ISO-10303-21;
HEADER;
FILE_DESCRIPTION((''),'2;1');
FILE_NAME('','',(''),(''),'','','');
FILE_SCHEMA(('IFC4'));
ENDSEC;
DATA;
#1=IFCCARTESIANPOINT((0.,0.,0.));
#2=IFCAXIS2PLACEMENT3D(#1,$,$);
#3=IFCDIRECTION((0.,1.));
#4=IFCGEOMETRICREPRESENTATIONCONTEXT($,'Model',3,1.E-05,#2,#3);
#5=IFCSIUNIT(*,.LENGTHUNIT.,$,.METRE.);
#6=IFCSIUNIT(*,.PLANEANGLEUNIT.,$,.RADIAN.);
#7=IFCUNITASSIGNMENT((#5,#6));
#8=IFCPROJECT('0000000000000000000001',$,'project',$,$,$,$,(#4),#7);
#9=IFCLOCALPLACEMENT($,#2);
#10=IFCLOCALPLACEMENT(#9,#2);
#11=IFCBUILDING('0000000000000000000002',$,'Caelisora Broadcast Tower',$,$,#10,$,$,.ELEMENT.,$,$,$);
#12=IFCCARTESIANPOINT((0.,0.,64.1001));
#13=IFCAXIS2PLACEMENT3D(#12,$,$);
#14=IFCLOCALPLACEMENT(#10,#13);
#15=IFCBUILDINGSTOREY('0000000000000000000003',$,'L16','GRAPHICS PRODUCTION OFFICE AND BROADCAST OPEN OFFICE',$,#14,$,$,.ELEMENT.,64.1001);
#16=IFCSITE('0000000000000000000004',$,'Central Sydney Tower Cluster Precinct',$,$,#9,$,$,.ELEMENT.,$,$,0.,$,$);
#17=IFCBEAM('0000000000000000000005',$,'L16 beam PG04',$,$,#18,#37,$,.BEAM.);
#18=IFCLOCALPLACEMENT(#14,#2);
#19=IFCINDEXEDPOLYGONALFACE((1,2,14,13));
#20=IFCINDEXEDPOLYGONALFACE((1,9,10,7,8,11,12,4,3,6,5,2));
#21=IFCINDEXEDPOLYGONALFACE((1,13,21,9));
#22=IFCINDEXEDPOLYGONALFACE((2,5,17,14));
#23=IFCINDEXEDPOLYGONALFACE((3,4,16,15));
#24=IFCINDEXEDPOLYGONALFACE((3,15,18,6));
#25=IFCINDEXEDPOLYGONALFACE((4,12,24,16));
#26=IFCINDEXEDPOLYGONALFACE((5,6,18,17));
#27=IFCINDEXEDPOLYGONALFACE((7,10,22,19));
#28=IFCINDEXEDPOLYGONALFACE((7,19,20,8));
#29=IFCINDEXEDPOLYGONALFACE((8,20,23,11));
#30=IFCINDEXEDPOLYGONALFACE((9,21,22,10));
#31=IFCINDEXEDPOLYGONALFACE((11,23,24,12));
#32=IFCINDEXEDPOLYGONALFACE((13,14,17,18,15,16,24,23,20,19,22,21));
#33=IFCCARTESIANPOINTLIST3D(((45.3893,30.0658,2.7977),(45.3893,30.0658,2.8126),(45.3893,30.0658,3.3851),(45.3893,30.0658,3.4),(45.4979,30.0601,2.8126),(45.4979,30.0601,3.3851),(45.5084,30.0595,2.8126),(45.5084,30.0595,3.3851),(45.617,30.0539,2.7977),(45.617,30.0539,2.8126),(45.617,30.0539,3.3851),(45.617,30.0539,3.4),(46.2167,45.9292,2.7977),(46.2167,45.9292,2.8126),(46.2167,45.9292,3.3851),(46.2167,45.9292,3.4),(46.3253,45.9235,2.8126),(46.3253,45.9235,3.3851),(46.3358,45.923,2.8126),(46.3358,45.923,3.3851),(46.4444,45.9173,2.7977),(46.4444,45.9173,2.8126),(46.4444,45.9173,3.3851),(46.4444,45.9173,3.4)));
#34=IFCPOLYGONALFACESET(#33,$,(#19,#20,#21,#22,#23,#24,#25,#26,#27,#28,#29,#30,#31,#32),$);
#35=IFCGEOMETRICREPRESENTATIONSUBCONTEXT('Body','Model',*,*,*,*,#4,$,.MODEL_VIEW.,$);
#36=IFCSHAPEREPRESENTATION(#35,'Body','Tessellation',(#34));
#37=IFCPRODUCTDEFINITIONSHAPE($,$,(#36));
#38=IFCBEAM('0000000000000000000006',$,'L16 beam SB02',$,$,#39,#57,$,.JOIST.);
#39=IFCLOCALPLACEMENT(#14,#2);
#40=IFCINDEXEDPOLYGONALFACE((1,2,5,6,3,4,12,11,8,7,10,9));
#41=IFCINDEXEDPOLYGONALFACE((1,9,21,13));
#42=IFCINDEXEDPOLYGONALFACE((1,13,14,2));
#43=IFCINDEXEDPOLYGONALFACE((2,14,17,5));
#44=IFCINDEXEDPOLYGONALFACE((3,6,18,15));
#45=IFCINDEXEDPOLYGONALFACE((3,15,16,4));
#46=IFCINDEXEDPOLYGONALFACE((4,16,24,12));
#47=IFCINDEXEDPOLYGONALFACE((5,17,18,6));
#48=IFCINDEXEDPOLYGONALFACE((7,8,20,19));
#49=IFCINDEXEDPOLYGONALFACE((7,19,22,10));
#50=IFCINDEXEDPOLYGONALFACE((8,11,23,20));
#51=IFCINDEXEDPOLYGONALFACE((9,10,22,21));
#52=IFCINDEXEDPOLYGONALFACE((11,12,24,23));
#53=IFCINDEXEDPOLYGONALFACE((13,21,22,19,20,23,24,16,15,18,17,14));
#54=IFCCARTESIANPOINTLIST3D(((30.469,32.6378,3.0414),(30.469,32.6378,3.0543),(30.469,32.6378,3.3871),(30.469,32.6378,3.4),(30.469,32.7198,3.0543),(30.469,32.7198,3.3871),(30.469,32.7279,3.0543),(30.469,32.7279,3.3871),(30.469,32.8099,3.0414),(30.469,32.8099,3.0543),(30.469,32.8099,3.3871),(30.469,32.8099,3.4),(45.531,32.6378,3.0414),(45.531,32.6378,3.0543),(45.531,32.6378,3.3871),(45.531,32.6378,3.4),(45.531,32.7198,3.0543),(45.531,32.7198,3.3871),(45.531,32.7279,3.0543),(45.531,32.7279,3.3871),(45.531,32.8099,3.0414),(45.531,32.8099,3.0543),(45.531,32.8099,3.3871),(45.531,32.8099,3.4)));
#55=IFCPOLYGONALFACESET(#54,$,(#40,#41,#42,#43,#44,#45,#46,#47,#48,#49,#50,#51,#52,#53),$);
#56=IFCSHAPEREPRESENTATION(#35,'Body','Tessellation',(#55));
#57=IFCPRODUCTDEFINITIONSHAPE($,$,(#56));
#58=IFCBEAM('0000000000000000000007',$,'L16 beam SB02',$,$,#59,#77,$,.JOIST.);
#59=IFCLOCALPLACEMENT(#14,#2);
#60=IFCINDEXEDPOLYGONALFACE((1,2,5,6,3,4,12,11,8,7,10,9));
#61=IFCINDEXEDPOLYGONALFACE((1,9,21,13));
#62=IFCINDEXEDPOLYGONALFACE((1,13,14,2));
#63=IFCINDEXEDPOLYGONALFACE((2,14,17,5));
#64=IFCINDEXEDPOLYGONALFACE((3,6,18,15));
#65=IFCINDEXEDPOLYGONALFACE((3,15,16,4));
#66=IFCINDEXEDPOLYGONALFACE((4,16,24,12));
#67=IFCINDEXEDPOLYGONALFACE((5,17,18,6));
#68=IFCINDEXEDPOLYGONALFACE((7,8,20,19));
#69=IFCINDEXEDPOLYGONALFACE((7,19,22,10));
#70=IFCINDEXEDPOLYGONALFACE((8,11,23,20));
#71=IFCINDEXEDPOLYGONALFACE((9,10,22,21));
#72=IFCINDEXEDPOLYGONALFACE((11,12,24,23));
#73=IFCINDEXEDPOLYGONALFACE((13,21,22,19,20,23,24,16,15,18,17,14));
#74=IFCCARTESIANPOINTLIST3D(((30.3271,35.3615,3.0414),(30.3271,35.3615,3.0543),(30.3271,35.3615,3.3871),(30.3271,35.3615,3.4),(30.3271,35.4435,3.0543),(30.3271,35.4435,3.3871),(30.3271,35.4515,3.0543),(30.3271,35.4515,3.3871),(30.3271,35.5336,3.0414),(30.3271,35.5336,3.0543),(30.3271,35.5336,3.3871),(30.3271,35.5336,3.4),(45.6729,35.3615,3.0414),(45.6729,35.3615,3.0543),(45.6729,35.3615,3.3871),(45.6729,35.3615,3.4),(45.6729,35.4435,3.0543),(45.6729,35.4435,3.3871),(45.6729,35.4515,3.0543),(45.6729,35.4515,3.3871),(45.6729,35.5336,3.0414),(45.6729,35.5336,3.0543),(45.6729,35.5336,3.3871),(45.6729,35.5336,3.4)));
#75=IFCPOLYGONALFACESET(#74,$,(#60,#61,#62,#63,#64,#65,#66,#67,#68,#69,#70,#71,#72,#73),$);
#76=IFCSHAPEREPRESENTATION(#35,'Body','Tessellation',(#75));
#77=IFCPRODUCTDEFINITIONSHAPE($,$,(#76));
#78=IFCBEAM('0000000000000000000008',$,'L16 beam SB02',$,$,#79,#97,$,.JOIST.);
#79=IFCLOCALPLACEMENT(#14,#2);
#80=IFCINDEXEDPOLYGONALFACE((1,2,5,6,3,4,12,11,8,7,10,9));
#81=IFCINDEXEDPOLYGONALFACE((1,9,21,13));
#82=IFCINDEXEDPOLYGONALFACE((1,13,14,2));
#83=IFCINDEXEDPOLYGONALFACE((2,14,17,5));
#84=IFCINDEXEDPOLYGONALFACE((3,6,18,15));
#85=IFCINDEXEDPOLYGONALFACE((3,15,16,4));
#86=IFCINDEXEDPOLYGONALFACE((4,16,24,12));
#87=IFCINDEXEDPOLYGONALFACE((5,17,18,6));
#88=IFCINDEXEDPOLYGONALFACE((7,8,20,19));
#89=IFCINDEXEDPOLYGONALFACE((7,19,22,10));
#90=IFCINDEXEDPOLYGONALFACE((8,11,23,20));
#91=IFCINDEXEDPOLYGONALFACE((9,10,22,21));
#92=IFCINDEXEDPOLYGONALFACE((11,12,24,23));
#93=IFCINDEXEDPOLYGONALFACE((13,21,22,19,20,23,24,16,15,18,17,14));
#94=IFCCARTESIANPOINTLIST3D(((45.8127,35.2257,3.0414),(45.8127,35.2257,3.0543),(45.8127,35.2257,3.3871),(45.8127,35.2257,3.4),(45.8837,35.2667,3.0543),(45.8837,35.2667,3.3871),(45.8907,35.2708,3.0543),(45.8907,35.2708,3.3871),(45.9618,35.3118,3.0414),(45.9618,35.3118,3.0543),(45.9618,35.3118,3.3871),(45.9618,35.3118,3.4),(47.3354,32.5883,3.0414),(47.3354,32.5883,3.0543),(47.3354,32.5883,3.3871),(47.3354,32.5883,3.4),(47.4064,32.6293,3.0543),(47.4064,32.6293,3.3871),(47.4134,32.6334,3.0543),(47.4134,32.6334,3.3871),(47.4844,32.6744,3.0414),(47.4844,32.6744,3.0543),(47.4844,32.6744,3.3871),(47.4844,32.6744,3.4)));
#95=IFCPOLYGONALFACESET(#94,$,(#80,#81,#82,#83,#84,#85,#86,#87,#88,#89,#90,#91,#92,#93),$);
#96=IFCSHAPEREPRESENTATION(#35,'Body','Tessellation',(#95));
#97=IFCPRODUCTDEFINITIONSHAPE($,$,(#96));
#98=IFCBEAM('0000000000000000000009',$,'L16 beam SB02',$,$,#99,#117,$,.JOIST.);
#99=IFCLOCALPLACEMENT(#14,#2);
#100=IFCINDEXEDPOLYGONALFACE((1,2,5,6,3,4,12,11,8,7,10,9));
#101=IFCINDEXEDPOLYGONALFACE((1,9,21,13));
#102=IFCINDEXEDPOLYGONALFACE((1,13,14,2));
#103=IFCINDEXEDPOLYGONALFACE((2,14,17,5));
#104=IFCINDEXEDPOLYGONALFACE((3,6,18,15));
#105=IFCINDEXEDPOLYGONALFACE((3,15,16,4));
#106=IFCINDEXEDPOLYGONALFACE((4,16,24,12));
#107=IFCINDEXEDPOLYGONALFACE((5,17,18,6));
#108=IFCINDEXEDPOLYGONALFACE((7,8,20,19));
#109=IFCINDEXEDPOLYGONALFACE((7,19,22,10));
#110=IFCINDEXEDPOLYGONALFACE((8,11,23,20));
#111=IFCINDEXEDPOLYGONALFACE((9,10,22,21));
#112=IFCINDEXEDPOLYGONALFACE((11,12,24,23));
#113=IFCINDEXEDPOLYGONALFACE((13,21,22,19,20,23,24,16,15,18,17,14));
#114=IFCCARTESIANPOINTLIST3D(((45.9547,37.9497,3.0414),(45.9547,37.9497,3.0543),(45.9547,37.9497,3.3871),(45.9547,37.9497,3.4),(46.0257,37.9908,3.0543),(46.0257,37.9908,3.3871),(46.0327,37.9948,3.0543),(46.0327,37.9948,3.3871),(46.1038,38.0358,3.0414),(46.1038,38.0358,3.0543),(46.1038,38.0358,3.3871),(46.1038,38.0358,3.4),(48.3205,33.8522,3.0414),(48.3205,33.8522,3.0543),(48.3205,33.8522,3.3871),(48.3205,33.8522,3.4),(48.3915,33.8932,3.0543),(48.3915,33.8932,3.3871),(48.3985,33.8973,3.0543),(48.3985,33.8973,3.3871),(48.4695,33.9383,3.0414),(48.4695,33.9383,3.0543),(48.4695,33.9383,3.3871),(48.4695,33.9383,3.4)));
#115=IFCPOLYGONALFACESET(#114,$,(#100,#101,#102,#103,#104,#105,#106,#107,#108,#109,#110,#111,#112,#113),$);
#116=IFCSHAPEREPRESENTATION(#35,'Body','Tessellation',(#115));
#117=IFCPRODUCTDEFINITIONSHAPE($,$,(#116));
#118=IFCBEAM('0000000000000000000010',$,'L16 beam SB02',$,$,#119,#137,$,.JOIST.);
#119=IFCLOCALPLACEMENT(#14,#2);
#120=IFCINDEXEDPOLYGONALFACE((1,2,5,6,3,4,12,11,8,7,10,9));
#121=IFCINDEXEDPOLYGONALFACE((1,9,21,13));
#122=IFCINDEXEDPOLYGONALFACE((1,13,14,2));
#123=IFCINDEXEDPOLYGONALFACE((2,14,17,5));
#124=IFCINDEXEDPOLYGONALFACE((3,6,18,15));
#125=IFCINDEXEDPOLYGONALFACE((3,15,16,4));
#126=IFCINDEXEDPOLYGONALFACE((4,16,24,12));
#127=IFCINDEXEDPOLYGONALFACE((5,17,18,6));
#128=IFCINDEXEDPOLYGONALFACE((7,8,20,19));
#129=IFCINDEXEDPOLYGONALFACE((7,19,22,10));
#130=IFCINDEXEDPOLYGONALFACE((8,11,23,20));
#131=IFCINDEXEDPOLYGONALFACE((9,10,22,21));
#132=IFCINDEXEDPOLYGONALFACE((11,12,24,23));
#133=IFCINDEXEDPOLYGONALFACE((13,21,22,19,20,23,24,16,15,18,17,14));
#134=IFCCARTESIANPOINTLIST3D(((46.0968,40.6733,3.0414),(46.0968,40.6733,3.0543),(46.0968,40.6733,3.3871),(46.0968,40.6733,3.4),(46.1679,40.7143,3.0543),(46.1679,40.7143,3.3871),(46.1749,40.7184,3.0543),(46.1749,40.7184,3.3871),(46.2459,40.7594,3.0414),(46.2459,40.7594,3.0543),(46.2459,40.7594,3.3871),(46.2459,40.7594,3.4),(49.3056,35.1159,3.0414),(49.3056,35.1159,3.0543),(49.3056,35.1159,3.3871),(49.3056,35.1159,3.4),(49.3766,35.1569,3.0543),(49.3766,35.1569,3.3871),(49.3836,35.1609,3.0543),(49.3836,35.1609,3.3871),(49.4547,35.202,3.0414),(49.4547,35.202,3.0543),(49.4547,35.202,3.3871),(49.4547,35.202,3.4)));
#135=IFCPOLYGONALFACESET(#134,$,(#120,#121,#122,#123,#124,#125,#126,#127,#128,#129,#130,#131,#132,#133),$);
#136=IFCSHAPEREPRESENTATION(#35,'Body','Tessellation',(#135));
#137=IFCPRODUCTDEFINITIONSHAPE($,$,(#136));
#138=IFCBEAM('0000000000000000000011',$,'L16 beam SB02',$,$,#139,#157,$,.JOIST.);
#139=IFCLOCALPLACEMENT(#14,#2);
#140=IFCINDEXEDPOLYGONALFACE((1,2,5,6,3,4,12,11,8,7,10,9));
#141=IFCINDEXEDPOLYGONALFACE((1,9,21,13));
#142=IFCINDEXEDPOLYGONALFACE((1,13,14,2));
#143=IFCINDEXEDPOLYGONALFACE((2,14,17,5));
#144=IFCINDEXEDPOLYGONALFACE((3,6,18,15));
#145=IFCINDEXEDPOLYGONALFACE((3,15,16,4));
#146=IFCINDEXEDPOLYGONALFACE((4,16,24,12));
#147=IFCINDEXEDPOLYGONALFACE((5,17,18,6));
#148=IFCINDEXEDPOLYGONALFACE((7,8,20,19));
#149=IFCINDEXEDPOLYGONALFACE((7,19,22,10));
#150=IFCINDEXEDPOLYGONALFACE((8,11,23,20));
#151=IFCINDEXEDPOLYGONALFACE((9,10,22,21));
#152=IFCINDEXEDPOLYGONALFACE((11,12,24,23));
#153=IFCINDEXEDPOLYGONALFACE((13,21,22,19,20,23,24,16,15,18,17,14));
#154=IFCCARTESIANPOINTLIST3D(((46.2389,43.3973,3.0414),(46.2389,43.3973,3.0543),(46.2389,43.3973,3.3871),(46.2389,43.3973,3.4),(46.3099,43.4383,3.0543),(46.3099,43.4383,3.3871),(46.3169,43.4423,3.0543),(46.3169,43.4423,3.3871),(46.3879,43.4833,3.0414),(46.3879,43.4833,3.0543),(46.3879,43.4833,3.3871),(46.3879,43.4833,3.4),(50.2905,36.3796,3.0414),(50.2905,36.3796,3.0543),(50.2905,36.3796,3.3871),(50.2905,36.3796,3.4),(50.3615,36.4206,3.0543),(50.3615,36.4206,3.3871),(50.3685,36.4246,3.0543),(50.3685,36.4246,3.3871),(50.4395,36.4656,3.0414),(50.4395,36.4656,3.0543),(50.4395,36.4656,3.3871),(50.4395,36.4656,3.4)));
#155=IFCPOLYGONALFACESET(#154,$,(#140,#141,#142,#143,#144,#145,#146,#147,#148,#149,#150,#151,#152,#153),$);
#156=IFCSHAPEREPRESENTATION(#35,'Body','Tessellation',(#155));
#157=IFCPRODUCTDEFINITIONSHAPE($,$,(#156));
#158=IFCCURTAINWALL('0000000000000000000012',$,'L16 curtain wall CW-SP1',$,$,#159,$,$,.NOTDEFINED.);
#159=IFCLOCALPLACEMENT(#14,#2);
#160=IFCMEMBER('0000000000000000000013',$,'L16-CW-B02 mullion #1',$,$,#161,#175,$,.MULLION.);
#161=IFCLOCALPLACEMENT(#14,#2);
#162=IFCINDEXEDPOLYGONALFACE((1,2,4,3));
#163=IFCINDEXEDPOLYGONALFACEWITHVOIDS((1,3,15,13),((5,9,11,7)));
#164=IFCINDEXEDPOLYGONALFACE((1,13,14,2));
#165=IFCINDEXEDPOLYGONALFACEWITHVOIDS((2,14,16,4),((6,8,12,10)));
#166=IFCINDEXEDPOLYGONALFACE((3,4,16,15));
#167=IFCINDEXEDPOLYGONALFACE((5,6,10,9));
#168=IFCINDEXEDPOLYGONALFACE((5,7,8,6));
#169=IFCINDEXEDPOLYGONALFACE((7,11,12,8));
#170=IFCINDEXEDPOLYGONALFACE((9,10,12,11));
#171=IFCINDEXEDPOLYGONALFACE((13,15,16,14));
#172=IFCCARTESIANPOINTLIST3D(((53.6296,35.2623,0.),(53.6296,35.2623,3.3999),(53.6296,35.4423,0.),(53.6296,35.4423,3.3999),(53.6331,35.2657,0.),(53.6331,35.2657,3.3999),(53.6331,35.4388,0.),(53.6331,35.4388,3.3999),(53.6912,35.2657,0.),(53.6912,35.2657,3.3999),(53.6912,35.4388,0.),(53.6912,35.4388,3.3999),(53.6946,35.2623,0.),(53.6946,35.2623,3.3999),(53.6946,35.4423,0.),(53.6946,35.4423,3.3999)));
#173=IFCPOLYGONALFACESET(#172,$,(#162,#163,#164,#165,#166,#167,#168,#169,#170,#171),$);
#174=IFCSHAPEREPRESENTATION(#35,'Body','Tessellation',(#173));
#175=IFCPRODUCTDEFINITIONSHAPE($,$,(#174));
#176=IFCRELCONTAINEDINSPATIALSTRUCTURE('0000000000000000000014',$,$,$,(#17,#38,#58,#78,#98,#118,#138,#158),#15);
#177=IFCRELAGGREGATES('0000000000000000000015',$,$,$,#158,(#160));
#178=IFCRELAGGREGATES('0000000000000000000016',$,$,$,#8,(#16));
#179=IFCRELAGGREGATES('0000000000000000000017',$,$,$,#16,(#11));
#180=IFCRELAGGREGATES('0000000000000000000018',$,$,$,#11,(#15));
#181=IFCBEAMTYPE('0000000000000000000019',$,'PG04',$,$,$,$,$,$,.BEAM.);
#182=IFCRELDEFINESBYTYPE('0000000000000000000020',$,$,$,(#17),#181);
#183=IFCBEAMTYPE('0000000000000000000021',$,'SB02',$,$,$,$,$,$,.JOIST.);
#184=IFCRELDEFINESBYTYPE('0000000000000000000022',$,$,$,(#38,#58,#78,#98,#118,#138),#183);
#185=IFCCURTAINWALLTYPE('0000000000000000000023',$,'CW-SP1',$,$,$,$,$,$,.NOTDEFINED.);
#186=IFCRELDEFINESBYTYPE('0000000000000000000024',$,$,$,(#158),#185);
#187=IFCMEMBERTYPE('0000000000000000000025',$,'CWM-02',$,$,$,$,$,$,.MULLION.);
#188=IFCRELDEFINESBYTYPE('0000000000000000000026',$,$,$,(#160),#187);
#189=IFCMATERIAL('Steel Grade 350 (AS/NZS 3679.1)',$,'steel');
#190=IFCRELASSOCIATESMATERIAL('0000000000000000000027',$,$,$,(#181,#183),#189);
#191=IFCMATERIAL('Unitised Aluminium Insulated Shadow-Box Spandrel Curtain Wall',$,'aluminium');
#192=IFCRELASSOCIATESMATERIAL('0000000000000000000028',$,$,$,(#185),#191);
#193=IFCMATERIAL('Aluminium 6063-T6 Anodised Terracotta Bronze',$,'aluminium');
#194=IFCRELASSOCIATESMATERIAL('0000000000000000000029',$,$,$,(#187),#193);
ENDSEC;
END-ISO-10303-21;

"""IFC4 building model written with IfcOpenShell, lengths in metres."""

from ifc_helpers import new_model, si_unit, direction, frame, origin, origin_2d, place, context, subcontext, project, spatial, hollow_rectangle, i_section, extrude, source, transform, mapped, material, material_profile, profile_set, type_object, type_shapes, element, aggregate, save


model = new_model("IFC4")

# Units and contexts
model_context = context("Model", 3, precision=1e-05, world=origin(), true_north=direction((0.0, 1.0)))
body_context = subcontext(model_context, "Body", "Model", "MODEL_VIEW")
ifc_project = project(units=[si_unit("LENGTHUNIT", "METRE"), si_unit("PLANEANGLEUNIT", "RADIAN")], contexts=[model_context])

# Site, building, storey
site_placement = place(None, origin())
site = spatial("IfcSite", under=ifc_project, at=site_placement, Name="Central Sydney Tower Cluster Precinct", CompositionType="ELEMENT", RefElevation=0.0)
building_placement = place(site_placement, origin())
building = spatial("IfcBuilding", under=site, at=building_placement, Name="Caelisora Broadcast Tower", CompositionType="ELEMENT")
storey_placement = place(building_placement, frame((0.0, 0.0, 64.1001)))
storey = spatial("IfcBuildingStorey", under=building, at=storey_placement, Name="L16", Description="GRAPHICS PRODUCTION OFFICE AND BROADCAST OPEN OFFICE", CompositionType="ELEMENT", Elevation=64.1001)

# Beams
ifc_material_1 = material(Name="Steel Grade 350 (AS/NZS 3679.1)", Category="steel")
ifc_material_profile_1 = material_profile(ifc_material_1, i_section(OverallWidth=0.228, OverallDepth=0.6023, WebThickness=0.0105, FlangeThickness=0.0149, at=origin_2d()), Name="Steel Grade 350 (AS/NZS 3679.1)")
ifc_profile_set_1 = profile_set([ifc_material_profile_1], Name="Steel Grade 350 (AS/NZS 3679.1)")
beam_type_1 = type_object("IfcBeamType", Name="PG04", PredefinedType="BEAM", material=ifc_profile_set_1)
shared_shape_1 = source(origin(), body_context, "Body", "SweptSolid", [
    extrude(i_section(OverallWidth=0.228, OverallDepth=0.6023, WebThickness=0.0105, FlangeThickness=0.0149, at=origin_2d()), origin(), (0.0, 0.0, 1.0), 15.885),
])
type_shapes(beam_type_1, [shared_shape_1])
beam_1_placement = place(storey_placement, frame((45.5032, 30.0598, 3.0989), z_axis=(0.052086, 0.998643, 0.0), x_axis=(-0.998643, 0.052086, 0.0)))
element("IfcBeam", 1, at=beam_1_placement, inside=storey, type_object=beam_type_1, Name="L16 beam PG04", PredefinedType="BEAM", context=body_context, shape_type="MappedRepresentation", body=[
    mapped(shared_shape_1, transform((0.0, 0.0, 0.0), scale=1.0)),
])
ifc_material_profile_2 = material_profile(ifc_material_1, i_section(OverallWidth=0.1721, OverallDepth=0.3586, WebThickness=0.0081, FlangeThickness=0.0129, at=origin_2d()), Name="Steel Grade 350 (AS/NZS 3679.1)")
ifc_profile_set_2 = profile_set([ifc_material_profile_2], Name="Steel Grade 350 (AS/NZS 3679.1)")
beam_type_2 = type_object("IfcBeamType", Name="SB02", PredefinedType="JOIST", material=ifc_profile_set_2)
shared_shape_2 = source(origin(), body_context, "Body", "SweptSolid", [
    extrude(i_section(OverallWidth=0.1721, OverallDepth=0.3586, WebThickness=0.0081, FlangeThickness=0.0129, at=origin_2d()), origin(), (0.0, 0.0, 1.0), 15.062),
])
beam_2_placement = place(storey_placement, frame((45.531, 32.7239, 3.2207), z_axis=(-1.0, 0.0, 0.0), x_axis=(0.0, -1.0, 0.0)))
element("IfcBeam", 2, at=beam_2_placement, inside=storey, type_object=beam_type_2, Name="L16 beam SB02", PredefinedType="JOIST", context=body_context, shape_type="MappedRepresentation", body=[
    mapped(shared_shape_2, transform((0.0, 0.0, 0.0), scale=1.0)),
])
shared_shape_3 = source(origin(), body_context, "Body", "SweptSolid", [
    extrude(i_section(OverallWidth=0.1721, OverallDepth=0.3586, WebThickness=0.0081, FlangeThickness=0.0129, at=origin_2d()), origin(), (0.0, 0.0, 1.0), 15.3457),
])
beam_3_placement = place(storey_placement, frame((45.6729, 35.4475, 3.2207), z_axis=(-1.0, 0.0, 0.0), x_axis=(0.0, -1.0, 0.0)))
element("IfcBeam", 3, at=beam_3_placement, inside=storey, type_object=beam_type_2, Name="L16 beam SB02", PredefinedType="JOIST", context=body_context, shape_type="MappedRepresentation", body=[
    mapped(shared_shape_3, transform((0.0, 0.0, 0.0), scale=1.0)),
])
shared_shape_4 = source(origin(), body_context, "Body", "SweptSolid", [
    extrude(i_section(OverallWidth=0.1721, OverallDepth=0.3586, WebThickness=0.0081, FlangeThickness=0.0129, at=origin_2d()), origin(), (0.0, 0.0, 1.0), 3.0454),
])
beam_4_placement = place(storey_placement, frame((47.4099, 32.6313, 3.2207), z_axis=(-0.499993, 0.866029, 0.0), x_axis=(-0.866029, -0.499993, 0.0)))
element("IfcBeam", 4, at=beam_4_placement, inside=storey, type_object=beam_type_2, Name="L16 beam SB02", PredefinedType="JOIST", context=body_context, shape_type="MappedRepresentation", body=[
    mapped(shared_shape_4, transform((0.0, 0.0, 0.0), scale=1.0)),
])
shared_shape_5 = source(origin(), body_context, "Body", "SweptSolid", [
    extrude(i_section(OverallWidth=0.1721, OverallDepth=0.3586, WebThickness=0.0081, FlangeThickness=0.0129, at=origin_2d()), origin(), (0.0, 0.0, 1.0), 4.7314),
])
beam_5_placement = place(storey_placement, frame((48.395, 33.8953, 3.2207), z_axis=(-0.500013, 0.866018, 0.0), x_axis=(-0.866018, -0.500013, 0.0)))
element("IfcBeam", 5, at=beam_5_placement, inside=storey, type_object=beam_type_2, Name="L16 beam SB02", PredefinedType="JOIST", context=body_context, shape_type="MappedRepresentation", body=[
    mapped(shared_shape_5, transform((0.0, 0.0, 0.0), scale=1.0)),
])
shared_shape_6 = source(origin(), body_context, "Body", "SweptSolid", [
    extrude(i_section(OverallWidth=0.1721, OverallDepth=0.3586, WebThickness=0.0081, FlangeThickness=0.0129, at=origin_2d()), origin(), (0.0, 0.0, 1.0), 6.4172),
])
beam_6_placement = place(storey_placement, frame((49.3801, 35.1589, 3.2207), z_axis=(-0.500022, 0.866013, 0.0), x_axis=(-0.866013, -0.500022, 0.0)))
element("IfcBeam", 6, at=beam_6_placement, inside=storey, type_object=beam_type_2, Name="L16 beam SB02", PredefinedType="JOIST", context=body_context, shape_type="MappedRepresentation", body=[
    mapped(shared_shape_6, transform((0.0, 0.0, 0.0), scale=1.0)),
])
shared_shape_7 = source(origin(), body_context, "Body", "SweptSolid", [
    extrude(i_section(OverallWidth=0.1721, OverallDepth=0.3586, WebThickness=0.0081, FlangeThickness=0.0129, at=origin_2d()), origin(), (0.0, 0.0, 1.0), 8.1033),
])
type_shapes(beam_type_2, [shared_shape_2, shared_shape_3, shared_shape_4, shared_shape_5, shared_shape_6, shared_shape_7])
beam_7_placement = place(storey_placement, frame((50.365, 36.4226, 3.2207), z_axis=(-0.499992, 0.86603, 0.0), x_axis=(-0.86603, -0.499992, 0.0)))
element("IfcBeam", 7, at=beam_7_placement, inside=storey, type_object=beam_type_2, Name="L16 beam SB02", PredefinedType="JOIST", context=body_context, shape_type="MappedRepresentation", body=[
    mapped(shared_shape_7, transform((0.0, 0.0, 0.0), scale=1.0)),
])

# Curtain wall, member
ifc_material_2 = material(Name="Unitised Aluminium Insulated Shadow-Box Spandrel Curtain Wall", Category="aluminium")
curtain_wall_type = type_object("IfcCurtainWallType", Name="CW-SP1", PredefinedType="NOTDEFINED", material=ifc_material_2)
curtain_wall_placement = place(storey_placement, origin())
curtain_wall = element("IfcCurtainWall", 8, at=curtain_wall_placement, inside=storey, type_object=curtain_wall_type, Name="L16 curtain wall CW-SP1", PredefinedType="NOTDEFINED")
ifc_material_3 = material(Name="Aluminium 6063-T6 Anodised Terracotta Bronze", Category="aluminium")
ifc_material_profile_3 = material_profile(ifc_material_3, hollow_rectangle(XDim=0.0649, YDim=0.1799, WallThickness=0.0034, at=origin_2d()), Name="Aluminium 6063-T6 Anodised Terracotta Bronze")
ifc_profile_set_3 = profile_set([ifc_material_profile_3], Name="Aluminium 6063-T6 Anodised Terracotta Bronze")
member_type = type_object("IfcMemberType", Name="CWM-02", PredefinedType="MULLION", material=ifc_profile_set_3)
shared_shape_8 = source(origin(), body_context, "Body", "SweptSolid", [
    extrude(hollow_rectangle(XDim=0.0649, YDim=0.1799, WallThickness=0.0034, at=origin_2d()), origin(), (0.0, 0.0, 1.0), 3.3999),
])
type_shapes(member_type, [shared_shape_8])
member_1_placement = place(storey_placement, frame((53.6621, 35.3523, 0.0), z_axis=(0.0, 0.0, 1.0), x_axis=(1.0, 0.0, 0.0)))
member_1 = element("IfcMember", 9, at=member_1_placement, type_object=member_type, Name="L16-CW-B02 mullion #1", PredefinedType="MULLION", context=body_context, shape_type="MappedRepresentation", body=[
    mapped(shared_shape_8, transform((0.0, 0.0, 0.0), scale=1.0)),
])
aggregate(curtain_wall, [member_1])

save(model, "model.ifc")
